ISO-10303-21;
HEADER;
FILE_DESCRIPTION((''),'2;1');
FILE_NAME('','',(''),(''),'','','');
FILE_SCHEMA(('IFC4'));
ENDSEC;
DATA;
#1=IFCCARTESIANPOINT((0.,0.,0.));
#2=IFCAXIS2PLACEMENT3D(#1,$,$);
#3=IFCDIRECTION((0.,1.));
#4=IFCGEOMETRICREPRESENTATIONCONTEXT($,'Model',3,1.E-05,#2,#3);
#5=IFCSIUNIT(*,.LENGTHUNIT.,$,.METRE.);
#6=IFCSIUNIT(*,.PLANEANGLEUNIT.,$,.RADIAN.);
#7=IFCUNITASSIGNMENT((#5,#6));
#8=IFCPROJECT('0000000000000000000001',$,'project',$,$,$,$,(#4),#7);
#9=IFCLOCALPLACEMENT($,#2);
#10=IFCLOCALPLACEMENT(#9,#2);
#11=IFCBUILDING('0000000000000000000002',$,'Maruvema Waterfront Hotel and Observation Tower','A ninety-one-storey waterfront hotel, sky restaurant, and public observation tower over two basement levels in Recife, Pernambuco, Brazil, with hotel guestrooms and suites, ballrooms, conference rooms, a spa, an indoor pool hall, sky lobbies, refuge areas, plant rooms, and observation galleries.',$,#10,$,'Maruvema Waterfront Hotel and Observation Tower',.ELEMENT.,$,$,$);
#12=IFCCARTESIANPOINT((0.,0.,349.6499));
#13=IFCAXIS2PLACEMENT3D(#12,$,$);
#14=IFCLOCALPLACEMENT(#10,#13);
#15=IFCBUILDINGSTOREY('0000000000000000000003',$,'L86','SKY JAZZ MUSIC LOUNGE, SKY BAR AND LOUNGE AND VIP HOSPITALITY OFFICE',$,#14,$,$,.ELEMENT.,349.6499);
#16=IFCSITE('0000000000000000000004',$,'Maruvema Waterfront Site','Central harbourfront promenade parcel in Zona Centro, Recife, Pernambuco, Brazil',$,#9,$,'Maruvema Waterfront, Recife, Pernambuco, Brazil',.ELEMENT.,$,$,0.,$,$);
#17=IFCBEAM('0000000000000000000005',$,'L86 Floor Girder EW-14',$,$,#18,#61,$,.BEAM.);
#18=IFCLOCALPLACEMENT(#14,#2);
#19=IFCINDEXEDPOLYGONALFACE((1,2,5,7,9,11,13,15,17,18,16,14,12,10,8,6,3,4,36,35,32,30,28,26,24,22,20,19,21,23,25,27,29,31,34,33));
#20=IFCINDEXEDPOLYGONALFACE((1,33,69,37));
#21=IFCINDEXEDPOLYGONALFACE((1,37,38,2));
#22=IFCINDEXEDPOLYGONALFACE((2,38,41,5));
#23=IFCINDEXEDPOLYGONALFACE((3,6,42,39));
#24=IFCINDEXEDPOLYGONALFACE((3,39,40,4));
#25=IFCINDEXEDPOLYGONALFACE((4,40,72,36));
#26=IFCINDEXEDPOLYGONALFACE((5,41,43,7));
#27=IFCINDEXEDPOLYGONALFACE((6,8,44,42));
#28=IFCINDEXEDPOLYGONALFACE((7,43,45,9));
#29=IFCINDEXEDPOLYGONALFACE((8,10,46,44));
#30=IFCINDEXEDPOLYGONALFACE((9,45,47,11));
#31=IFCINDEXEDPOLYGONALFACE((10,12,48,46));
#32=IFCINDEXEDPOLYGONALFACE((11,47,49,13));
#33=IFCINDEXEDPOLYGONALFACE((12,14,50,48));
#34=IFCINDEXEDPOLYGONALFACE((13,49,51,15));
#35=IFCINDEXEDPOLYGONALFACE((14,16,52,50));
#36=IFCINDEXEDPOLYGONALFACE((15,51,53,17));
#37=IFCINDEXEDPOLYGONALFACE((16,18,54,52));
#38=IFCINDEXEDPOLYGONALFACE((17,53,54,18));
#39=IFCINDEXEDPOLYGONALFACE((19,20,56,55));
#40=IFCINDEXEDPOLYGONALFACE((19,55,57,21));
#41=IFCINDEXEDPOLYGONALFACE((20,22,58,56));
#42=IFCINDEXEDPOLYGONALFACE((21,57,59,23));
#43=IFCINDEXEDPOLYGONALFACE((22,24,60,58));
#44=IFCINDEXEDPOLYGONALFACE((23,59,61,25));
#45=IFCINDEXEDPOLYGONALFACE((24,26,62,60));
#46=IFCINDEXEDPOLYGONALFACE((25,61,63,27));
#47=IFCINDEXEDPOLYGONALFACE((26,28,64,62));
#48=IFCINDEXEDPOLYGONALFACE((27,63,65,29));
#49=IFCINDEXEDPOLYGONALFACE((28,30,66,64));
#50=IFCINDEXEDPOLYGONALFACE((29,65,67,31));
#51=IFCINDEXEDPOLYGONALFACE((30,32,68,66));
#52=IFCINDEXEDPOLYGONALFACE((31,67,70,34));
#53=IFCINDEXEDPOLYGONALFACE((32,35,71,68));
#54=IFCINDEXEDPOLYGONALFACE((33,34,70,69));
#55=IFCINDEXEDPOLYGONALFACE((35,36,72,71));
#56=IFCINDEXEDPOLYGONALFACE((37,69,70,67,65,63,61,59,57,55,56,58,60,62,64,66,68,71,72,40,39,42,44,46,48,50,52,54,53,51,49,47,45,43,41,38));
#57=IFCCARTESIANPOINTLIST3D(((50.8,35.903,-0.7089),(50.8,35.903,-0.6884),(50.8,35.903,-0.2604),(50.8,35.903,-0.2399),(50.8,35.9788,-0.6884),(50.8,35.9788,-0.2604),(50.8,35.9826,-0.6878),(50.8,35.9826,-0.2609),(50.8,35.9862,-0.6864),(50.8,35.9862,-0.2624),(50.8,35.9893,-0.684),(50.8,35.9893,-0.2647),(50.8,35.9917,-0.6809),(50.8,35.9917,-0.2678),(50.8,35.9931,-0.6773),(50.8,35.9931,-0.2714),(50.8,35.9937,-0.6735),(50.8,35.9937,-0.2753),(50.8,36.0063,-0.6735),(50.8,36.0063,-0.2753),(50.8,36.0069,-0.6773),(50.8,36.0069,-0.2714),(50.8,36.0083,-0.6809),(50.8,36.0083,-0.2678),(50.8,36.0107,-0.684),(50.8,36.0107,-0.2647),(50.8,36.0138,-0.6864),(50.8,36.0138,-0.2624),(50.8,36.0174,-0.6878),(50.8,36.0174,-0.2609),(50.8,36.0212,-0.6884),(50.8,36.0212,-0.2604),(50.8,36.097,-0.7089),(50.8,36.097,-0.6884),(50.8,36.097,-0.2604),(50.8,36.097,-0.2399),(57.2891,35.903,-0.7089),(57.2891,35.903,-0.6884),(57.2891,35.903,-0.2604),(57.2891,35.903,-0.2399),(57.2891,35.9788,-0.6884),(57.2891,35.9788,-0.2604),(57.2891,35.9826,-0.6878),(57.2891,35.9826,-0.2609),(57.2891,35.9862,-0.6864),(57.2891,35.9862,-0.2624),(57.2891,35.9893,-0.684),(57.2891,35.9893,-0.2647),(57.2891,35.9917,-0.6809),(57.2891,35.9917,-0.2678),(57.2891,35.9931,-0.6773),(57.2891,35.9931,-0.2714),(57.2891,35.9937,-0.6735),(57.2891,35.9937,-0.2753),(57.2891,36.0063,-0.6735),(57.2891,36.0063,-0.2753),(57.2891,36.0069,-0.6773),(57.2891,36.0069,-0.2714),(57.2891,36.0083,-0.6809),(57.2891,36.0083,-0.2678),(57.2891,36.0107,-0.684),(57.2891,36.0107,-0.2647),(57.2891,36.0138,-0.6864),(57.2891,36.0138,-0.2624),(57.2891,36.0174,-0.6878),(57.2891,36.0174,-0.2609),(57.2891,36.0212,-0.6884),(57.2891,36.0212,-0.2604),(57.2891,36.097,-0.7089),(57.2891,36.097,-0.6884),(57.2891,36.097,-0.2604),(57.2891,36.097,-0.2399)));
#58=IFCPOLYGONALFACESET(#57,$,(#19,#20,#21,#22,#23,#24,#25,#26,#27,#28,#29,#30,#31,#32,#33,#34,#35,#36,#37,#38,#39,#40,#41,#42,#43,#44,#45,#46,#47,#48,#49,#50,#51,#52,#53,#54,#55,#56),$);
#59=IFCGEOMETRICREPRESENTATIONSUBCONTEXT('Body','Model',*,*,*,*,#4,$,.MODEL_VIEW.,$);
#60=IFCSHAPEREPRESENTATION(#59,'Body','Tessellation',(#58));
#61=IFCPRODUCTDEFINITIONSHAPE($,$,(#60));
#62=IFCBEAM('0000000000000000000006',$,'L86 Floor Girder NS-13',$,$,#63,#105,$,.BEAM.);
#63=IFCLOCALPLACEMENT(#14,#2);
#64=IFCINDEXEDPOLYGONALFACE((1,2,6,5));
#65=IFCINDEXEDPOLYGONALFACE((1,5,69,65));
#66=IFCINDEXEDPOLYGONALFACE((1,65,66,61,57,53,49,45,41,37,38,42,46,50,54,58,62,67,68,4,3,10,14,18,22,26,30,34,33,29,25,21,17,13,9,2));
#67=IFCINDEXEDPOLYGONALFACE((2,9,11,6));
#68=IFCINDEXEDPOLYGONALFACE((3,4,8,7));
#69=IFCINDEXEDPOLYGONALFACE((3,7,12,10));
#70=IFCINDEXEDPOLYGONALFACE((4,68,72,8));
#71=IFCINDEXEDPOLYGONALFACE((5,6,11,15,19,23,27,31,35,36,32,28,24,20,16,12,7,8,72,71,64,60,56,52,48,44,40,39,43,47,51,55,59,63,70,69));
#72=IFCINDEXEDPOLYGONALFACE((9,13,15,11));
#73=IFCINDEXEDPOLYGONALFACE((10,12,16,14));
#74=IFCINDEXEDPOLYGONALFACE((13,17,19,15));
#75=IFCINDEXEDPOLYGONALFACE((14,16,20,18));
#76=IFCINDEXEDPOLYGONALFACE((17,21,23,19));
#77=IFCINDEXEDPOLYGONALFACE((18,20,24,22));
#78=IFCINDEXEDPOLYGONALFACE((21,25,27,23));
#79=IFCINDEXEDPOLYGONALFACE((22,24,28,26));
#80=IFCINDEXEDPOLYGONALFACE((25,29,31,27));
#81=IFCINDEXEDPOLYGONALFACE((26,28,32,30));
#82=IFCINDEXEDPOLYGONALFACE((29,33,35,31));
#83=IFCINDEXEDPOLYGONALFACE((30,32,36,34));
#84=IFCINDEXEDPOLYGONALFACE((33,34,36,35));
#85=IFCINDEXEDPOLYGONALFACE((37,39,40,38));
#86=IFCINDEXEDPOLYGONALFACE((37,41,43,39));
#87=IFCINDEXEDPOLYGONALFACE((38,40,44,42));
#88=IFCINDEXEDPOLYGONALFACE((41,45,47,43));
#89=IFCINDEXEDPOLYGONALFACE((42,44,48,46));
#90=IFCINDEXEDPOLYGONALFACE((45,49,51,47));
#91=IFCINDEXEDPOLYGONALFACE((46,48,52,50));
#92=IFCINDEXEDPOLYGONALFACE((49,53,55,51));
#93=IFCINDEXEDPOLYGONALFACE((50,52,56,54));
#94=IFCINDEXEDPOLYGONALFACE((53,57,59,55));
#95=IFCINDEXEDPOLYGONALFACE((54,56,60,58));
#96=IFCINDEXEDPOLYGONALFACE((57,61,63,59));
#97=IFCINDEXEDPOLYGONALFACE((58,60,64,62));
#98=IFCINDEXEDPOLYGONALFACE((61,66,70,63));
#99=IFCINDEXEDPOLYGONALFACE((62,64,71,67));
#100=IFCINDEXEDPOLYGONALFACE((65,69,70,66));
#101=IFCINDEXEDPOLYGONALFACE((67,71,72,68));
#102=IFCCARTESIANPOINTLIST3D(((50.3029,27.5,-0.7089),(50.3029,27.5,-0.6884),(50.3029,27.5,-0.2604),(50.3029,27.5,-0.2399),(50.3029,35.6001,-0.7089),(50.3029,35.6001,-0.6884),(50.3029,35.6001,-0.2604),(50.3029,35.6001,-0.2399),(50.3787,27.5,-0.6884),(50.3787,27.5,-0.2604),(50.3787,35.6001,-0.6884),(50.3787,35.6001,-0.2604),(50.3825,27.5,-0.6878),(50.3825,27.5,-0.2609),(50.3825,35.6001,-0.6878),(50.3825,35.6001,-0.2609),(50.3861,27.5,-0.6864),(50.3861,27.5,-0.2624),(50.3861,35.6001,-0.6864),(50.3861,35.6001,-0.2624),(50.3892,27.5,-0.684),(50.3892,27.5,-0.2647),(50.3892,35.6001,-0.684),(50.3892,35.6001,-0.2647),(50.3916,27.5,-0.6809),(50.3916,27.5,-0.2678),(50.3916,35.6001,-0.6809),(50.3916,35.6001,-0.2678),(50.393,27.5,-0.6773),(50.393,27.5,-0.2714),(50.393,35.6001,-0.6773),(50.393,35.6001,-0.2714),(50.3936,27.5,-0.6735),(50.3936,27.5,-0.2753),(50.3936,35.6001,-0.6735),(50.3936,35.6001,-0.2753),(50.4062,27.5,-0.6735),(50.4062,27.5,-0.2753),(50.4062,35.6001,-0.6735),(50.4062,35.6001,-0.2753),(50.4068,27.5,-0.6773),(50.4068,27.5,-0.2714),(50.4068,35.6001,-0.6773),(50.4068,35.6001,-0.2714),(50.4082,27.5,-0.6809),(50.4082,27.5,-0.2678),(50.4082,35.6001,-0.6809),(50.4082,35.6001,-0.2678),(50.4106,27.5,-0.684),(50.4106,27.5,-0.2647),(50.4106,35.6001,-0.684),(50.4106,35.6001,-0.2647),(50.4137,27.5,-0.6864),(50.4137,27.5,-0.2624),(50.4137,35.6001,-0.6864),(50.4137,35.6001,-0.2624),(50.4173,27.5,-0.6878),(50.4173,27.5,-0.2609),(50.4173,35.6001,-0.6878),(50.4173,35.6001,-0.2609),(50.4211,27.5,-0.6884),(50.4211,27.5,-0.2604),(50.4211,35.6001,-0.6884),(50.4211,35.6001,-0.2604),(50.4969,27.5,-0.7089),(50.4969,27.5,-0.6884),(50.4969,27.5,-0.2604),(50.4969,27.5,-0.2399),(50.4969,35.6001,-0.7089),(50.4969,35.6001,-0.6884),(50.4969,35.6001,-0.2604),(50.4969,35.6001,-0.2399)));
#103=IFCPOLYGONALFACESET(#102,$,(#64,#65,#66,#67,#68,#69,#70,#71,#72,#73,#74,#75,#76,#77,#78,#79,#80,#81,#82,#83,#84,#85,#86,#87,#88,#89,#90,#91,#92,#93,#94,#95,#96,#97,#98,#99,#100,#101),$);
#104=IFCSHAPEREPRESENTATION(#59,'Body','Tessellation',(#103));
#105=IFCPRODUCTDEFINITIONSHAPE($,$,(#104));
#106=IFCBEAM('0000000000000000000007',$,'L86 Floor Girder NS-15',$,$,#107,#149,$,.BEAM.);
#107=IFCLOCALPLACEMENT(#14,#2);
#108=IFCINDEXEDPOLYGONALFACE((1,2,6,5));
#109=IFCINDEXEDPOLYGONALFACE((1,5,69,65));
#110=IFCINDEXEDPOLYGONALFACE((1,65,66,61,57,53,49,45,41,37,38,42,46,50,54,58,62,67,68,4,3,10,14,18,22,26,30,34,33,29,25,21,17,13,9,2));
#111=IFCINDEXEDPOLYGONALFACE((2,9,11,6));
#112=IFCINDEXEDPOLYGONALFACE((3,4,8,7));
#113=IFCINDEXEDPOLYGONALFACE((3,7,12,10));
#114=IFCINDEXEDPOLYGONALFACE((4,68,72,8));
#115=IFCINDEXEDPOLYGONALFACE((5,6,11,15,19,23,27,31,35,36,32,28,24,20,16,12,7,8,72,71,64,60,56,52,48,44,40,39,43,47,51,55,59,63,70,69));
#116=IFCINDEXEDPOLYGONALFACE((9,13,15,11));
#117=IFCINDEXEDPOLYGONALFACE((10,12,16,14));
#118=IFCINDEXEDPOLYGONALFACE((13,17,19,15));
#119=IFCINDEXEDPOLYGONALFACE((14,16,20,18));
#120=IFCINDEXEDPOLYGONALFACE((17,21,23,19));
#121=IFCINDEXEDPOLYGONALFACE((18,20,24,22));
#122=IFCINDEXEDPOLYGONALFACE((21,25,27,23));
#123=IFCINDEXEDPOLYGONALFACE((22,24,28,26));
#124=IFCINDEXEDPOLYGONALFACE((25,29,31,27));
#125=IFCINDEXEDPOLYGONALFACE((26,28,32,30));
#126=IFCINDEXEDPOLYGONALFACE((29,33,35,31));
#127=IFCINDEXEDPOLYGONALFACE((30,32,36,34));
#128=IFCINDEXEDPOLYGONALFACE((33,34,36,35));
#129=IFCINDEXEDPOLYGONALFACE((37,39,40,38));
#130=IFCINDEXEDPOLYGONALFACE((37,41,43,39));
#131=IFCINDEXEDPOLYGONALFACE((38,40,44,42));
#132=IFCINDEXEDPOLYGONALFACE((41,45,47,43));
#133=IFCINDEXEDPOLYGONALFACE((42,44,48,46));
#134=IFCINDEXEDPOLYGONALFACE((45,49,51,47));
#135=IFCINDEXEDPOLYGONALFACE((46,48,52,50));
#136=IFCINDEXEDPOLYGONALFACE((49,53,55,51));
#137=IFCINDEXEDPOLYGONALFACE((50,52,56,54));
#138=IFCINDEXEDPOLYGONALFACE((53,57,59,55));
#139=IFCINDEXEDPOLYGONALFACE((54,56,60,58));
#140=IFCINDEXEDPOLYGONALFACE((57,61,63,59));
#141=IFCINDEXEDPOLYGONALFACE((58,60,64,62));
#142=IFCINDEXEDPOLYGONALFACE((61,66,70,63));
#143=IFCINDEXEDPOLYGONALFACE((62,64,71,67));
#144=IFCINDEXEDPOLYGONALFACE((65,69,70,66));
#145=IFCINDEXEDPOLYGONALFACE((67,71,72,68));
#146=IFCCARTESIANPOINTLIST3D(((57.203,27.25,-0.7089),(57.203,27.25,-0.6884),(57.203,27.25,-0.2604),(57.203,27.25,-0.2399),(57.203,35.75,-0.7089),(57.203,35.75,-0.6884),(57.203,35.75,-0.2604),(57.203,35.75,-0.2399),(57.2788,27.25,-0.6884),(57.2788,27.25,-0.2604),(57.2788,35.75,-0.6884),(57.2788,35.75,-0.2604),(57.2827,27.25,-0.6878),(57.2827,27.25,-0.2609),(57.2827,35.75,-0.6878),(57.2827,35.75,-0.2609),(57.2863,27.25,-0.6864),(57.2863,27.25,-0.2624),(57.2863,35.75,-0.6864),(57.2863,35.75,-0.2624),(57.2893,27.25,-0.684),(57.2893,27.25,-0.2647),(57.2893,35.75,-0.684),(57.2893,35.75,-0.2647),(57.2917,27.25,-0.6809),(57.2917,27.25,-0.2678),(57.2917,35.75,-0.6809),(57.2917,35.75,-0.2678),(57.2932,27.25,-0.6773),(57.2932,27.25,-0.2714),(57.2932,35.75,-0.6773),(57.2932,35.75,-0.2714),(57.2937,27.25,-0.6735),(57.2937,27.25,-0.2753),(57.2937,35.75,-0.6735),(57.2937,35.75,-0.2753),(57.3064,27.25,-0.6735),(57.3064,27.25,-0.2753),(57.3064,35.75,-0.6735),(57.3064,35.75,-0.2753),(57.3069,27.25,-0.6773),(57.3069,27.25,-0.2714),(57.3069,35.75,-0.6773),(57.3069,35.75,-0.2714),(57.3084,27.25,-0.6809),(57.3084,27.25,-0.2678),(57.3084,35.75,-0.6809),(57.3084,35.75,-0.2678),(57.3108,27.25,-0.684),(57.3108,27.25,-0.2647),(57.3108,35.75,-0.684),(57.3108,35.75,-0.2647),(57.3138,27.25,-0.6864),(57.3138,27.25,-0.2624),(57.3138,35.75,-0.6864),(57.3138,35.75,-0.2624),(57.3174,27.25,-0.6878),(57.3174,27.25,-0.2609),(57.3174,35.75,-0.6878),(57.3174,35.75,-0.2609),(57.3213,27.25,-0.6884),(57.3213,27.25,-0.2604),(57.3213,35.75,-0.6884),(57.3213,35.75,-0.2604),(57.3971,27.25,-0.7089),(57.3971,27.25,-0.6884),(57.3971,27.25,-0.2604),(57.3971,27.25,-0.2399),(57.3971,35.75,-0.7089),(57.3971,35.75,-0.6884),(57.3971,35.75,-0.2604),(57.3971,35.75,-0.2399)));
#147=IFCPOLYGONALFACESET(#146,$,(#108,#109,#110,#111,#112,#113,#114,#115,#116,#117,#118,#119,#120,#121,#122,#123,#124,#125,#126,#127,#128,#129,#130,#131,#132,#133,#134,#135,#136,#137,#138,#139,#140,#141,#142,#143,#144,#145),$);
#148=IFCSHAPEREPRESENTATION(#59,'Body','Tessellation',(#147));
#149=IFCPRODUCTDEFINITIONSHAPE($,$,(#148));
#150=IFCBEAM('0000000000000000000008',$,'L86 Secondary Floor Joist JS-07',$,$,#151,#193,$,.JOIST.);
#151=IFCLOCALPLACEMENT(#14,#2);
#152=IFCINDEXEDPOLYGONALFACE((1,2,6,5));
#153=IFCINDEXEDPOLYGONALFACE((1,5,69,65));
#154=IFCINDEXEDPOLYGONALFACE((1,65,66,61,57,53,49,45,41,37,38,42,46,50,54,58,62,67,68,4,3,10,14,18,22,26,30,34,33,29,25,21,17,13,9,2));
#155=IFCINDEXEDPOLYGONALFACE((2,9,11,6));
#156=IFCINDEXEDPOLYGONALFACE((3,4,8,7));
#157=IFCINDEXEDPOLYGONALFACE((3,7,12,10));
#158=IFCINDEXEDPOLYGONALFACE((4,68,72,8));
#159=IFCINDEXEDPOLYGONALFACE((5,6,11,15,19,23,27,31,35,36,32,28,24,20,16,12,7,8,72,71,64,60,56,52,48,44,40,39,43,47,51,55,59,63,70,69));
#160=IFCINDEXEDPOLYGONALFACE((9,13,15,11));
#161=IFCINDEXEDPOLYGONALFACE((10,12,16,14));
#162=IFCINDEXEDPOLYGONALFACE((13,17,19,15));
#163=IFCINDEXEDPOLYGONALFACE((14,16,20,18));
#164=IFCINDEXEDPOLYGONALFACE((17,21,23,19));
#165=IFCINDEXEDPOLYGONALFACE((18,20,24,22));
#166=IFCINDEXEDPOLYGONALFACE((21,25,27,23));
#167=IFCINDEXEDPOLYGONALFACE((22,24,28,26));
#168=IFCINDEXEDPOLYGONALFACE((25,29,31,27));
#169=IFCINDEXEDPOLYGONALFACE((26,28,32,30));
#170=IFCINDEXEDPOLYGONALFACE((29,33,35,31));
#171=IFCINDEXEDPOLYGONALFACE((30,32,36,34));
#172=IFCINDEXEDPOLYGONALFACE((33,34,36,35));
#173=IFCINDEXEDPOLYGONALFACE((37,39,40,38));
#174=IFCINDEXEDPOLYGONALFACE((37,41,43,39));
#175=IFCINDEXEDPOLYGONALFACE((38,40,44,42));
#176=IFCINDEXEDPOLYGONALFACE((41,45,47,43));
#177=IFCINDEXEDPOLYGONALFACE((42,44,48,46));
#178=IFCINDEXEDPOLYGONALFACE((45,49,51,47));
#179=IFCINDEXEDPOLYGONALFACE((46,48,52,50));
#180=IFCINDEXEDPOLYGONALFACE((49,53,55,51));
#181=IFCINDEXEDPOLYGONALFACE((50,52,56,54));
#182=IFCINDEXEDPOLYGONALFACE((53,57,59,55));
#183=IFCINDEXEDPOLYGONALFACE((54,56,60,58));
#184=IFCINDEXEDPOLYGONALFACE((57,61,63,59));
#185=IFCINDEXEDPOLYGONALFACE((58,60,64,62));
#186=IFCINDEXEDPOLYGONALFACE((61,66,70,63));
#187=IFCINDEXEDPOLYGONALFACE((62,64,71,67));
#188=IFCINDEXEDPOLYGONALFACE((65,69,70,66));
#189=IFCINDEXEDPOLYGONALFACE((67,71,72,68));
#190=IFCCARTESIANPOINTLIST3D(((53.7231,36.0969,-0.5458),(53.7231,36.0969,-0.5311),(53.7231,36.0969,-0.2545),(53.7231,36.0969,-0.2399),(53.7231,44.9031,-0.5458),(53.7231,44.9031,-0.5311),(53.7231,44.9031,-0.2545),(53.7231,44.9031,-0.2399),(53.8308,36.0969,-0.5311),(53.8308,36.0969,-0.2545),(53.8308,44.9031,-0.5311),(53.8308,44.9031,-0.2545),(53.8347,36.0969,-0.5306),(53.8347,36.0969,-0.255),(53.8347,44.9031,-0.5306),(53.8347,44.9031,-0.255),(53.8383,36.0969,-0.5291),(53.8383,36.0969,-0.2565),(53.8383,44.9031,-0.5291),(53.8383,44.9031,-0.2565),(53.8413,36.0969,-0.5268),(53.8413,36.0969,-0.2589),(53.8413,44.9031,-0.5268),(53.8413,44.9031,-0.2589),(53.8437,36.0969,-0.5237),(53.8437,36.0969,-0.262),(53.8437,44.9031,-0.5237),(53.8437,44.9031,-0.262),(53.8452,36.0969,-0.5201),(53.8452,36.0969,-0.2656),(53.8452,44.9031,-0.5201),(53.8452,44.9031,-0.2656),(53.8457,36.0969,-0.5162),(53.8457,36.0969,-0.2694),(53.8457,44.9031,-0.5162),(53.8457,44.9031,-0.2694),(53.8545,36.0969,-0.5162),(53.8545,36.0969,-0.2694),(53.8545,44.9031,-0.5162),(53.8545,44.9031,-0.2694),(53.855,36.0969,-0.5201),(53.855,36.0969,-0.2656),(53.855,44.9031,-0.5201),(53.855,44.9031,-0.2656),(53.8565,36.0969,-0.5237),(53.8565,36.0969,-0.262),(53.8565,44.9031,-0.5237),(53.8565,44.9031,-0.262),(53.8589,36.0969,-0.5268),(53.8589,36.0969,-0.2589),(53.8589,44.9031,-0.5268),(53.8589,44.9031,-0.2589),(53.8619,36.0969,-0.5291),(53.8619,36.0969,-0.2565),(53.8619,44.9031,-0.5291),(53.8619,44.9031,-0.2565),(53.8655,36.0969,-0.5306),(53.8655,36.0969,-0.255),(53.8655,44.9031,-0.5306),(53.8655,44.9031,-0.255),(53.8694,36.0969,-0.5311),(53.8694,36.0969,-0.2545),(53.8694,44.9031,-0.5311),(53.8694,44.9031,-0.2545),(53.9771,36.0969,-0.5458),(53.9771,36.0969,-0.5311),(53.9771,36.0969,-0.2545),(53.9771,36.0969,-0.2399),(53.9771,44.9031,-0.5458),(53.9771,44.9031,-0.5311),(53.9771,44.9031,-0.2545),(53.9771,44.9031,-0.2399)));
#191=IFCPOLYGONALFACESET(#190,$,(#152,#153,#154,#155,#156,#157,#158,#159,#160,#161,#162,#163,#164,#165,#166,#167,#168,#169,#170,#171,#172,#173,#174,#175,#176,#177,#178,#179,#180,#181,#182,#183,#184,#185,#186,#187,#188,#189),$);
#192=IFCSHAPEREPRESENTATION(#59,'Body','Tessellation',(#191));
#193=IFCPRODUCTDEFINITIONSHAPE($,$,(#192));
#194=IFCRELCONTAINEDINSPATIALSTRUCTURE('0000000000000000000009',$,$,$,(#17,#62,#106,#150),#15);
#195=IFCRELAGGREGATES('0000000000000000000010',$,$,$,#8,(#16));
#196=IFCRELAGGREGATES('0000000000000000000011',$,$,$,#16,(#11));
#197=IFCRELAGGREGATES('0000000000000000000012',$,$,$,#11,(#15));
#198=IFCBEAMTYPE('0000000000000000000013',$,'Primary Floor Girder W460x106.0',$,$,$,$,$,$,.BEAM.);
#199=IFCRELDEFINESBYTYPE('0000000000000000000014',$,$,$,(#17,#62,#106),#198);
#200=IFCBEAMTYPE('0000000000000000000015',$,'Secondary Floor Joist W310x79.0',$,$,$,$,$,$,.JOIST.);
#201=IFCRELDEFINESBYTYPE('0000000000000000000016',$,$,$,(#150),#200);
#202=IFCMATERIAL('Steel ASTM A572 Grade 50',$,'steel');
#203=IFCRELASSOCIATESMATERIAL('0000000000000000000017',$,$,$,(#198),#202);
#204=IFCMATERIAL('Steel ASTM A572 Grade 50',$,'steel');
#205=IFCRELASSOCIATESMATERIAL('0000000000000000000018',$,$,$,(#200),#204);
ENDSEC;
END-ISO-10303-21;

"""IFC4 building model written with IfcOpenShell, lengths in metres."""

from ifc_helpers import new_model, si_unit, direction, frame, origin, origin_2d, place, context, subcontext, project, spatial, i_section, extrude, material, material_profile, profile_set, type_object, element, save


model = new_model("IFC4")

# Units and contexts
model_context = context("Model", 3, precision=1e-05, world=origin(), true_north=direction((0.0, 1.0)))
body_context = subcontext(model_context, "Body", "Model", "MODEL_VIEW")
ifc_project = project(units=[si_unit("LENGTHUNIT", "METRE"), si_unit("PLANEANGLEUNIT", "RADIAN")], contexts=[model_context])

# Site, building, storey
site_placement = place(None, origin())
site = spatial("IfcSite", under=ifc_project, at=site_placement, Name="Maruvema Waterfront Site", Description="Central harbourfront promenade parcel in Zona Centro, Recife, Pernambuco, Brazil", LongName="Maruvema Waterfront, Recife, Pernambuco, Brazil", CompositionType="ELEMENT", RefElevation=0.0)
building_placement = place(site_placement, origin())
building = spatial("IfcBuilding", under=site, at=building_placement, Name="Maruvema Waterfront Hotel and Observation Tower", Description="A ninety-one-storey waterfront hotel, sky restaurant, and public observation tower over two basement levels in Recife, Pernambuco, Brazil, with hotel guestrooms and suites, ballrooms, conference rooms, a spa, an indoor pool hall, sky lobbies, refuge areas, plant rooms, and observation galleries.", LongName="Maruvema Waterfront Hotel and Observation Tower", CompositionType="ELEMENT")
storey_placement = place(building_placement, frame((0.0, 0.0, 349.6499)))
storey = spatial("IfcBuildingStorey", under=building, at=storey_placement, Name="L86", Description="SKY JAZZ MUSIC LOUNGE, SKY BAR AND LOUNGE AND VIP HOSPITALITY OFFICE", CompositionType="ELEMENT", Elevation=349.6499)

# Beams
ifc_material_1 = material(Name="Steel ASTM A572 Grade 50", Category="steel")
ifc_material_profile_1 = material_profile(ifc_material_1, i_section(OverallWidth=0.1941, OverallDepth=0.469, WebThickness=0.0127, FlangeThickness=0.0205, FilletRadius=0.0149, at=origin_2d()), Name="W460x106.0")
ifc_profile_set_1 = profile_set([ifc_material_profile_1], Name="Steel ASTM A572 Grade 50")
beam_type_1 = type_object("IfcBeamType", Name="Primary Floor Girder W460x106.0", PredefinedType="BEAM", material=ifc_profile_set_1)
beam_1_placement = place(storey_placement, frame((50.8, 36.0, -0.4744), z_axis=(1.0, 0.0, 0.0), x_axis=(0.0, 1.0, 0.0)))
element("IfcBeam", 1, at=beam_1_placement, inside=storey, type_object=beam_type_1, Name="L86 Floor Girder EW-14", PredefinedType="BEAM", context=body_context, shape_type="SweptSolid", body=[
    extrude(i_section(OverallWidth=0.1941, OverallDepth=0.469, WebThickness=0.0127, FlangeThickness=0.0205, FilletRadius=0.0149, at=origin_2d()), origin(), (0.0, 0.0, 1.0), 6.489),
])
beam_2_placement = place(storey_placement, frame((50.3999, 27.5, -0.4744), z_axis=(0.0, 1.0, 0.0), x_axis=(-1.0, 0.0, 0.0)))
element("IfcBeam", 2, at=beam_2_placement, inside=storey, type_object=beam_type_1, Name="L86 Floor Girder NS-13", PredefinedType="BEAM", context=body_context, shape_type="SweptSolid", body=[
    extrude(i_section(OverallWidth=0.1941, OverallDepth=0.469, WebThickness=0.0127, FlangeThickness=0.0205, FilletRadius=0.0149, at=origin_2d()), origin(), (0.0, 0.0, 1.0), 8.1001),
])
beam_3_placement = place(storey_placement, frame((57.3, 27.25, -0.4744), z_axis=(0.0, 1.0, 0.0), x_axis=(-1.0, 0.0, 0.0)))
element("IfcBeam", 3, at=beam_3_placement, inside=storey, type_object=beam_type_1, Name="L86 Floor Girder NS-15", PredefinedType="BEAM", context=body_context, shape_type="SweptSolid", body=[
    extrude(i_section(OverallWidth=0.1941, OverallDepth=0.469, WebThickness=0.0127, FlangeThickness=0.0205, FilletRadius=0.0149, at=origin_2d()), origin(), (0.0, 0.0, 1.0), 8.5),
])
ifc_material_2 = material(Name="Steel ASTM A572 Grade 50", Category="steel")
ifc_material_profile_2 = material_profile(ifc_material_2, i_section(OverallWidth=0.2539, OverallDepth=0.3059, WebThickness=0.0088, FlangeThickness=0.0146, FilletRadius=0.0149, at=origin_2d()), Name="W310x79.0")
ifc_profile_set_2 = profile_set([ifc_material_profile_2], Name="Steel ASTM A572 Grade 50")
beam_type_2 = type_object("IfcBeamType", Name="Secondary Floor Joist W310x79.0", PredefinedType="JOIST", material=ifc_profile_set_2)
beam_4_placement = place(storey_placement, frame((53.8501, 36.0969, -0.3928), z_axis=(0.0, 1.0, 0.0), x_axis=(-1.0, 0.0, 0.0)))
element("IfcBeam", 4, at=beam_4_placement, inside=storey, type_object=beam_type_2, Name="L86 Secondary Floor Joist JS-07", PredefinedType="JOIST", context=body_context, shape_type="SweptSolid", body=[
    extrude(i_section(OverallWidth=0.2539, OverallDepth=0.3059, WebThickness=0.0088, FlangeThickness=0.0146, FilletRadius=0.0149, at=origin_2d()), origin(), (0.0, 0.0, 1.0), 8.8062),
])

save(model, "model.ifc")
